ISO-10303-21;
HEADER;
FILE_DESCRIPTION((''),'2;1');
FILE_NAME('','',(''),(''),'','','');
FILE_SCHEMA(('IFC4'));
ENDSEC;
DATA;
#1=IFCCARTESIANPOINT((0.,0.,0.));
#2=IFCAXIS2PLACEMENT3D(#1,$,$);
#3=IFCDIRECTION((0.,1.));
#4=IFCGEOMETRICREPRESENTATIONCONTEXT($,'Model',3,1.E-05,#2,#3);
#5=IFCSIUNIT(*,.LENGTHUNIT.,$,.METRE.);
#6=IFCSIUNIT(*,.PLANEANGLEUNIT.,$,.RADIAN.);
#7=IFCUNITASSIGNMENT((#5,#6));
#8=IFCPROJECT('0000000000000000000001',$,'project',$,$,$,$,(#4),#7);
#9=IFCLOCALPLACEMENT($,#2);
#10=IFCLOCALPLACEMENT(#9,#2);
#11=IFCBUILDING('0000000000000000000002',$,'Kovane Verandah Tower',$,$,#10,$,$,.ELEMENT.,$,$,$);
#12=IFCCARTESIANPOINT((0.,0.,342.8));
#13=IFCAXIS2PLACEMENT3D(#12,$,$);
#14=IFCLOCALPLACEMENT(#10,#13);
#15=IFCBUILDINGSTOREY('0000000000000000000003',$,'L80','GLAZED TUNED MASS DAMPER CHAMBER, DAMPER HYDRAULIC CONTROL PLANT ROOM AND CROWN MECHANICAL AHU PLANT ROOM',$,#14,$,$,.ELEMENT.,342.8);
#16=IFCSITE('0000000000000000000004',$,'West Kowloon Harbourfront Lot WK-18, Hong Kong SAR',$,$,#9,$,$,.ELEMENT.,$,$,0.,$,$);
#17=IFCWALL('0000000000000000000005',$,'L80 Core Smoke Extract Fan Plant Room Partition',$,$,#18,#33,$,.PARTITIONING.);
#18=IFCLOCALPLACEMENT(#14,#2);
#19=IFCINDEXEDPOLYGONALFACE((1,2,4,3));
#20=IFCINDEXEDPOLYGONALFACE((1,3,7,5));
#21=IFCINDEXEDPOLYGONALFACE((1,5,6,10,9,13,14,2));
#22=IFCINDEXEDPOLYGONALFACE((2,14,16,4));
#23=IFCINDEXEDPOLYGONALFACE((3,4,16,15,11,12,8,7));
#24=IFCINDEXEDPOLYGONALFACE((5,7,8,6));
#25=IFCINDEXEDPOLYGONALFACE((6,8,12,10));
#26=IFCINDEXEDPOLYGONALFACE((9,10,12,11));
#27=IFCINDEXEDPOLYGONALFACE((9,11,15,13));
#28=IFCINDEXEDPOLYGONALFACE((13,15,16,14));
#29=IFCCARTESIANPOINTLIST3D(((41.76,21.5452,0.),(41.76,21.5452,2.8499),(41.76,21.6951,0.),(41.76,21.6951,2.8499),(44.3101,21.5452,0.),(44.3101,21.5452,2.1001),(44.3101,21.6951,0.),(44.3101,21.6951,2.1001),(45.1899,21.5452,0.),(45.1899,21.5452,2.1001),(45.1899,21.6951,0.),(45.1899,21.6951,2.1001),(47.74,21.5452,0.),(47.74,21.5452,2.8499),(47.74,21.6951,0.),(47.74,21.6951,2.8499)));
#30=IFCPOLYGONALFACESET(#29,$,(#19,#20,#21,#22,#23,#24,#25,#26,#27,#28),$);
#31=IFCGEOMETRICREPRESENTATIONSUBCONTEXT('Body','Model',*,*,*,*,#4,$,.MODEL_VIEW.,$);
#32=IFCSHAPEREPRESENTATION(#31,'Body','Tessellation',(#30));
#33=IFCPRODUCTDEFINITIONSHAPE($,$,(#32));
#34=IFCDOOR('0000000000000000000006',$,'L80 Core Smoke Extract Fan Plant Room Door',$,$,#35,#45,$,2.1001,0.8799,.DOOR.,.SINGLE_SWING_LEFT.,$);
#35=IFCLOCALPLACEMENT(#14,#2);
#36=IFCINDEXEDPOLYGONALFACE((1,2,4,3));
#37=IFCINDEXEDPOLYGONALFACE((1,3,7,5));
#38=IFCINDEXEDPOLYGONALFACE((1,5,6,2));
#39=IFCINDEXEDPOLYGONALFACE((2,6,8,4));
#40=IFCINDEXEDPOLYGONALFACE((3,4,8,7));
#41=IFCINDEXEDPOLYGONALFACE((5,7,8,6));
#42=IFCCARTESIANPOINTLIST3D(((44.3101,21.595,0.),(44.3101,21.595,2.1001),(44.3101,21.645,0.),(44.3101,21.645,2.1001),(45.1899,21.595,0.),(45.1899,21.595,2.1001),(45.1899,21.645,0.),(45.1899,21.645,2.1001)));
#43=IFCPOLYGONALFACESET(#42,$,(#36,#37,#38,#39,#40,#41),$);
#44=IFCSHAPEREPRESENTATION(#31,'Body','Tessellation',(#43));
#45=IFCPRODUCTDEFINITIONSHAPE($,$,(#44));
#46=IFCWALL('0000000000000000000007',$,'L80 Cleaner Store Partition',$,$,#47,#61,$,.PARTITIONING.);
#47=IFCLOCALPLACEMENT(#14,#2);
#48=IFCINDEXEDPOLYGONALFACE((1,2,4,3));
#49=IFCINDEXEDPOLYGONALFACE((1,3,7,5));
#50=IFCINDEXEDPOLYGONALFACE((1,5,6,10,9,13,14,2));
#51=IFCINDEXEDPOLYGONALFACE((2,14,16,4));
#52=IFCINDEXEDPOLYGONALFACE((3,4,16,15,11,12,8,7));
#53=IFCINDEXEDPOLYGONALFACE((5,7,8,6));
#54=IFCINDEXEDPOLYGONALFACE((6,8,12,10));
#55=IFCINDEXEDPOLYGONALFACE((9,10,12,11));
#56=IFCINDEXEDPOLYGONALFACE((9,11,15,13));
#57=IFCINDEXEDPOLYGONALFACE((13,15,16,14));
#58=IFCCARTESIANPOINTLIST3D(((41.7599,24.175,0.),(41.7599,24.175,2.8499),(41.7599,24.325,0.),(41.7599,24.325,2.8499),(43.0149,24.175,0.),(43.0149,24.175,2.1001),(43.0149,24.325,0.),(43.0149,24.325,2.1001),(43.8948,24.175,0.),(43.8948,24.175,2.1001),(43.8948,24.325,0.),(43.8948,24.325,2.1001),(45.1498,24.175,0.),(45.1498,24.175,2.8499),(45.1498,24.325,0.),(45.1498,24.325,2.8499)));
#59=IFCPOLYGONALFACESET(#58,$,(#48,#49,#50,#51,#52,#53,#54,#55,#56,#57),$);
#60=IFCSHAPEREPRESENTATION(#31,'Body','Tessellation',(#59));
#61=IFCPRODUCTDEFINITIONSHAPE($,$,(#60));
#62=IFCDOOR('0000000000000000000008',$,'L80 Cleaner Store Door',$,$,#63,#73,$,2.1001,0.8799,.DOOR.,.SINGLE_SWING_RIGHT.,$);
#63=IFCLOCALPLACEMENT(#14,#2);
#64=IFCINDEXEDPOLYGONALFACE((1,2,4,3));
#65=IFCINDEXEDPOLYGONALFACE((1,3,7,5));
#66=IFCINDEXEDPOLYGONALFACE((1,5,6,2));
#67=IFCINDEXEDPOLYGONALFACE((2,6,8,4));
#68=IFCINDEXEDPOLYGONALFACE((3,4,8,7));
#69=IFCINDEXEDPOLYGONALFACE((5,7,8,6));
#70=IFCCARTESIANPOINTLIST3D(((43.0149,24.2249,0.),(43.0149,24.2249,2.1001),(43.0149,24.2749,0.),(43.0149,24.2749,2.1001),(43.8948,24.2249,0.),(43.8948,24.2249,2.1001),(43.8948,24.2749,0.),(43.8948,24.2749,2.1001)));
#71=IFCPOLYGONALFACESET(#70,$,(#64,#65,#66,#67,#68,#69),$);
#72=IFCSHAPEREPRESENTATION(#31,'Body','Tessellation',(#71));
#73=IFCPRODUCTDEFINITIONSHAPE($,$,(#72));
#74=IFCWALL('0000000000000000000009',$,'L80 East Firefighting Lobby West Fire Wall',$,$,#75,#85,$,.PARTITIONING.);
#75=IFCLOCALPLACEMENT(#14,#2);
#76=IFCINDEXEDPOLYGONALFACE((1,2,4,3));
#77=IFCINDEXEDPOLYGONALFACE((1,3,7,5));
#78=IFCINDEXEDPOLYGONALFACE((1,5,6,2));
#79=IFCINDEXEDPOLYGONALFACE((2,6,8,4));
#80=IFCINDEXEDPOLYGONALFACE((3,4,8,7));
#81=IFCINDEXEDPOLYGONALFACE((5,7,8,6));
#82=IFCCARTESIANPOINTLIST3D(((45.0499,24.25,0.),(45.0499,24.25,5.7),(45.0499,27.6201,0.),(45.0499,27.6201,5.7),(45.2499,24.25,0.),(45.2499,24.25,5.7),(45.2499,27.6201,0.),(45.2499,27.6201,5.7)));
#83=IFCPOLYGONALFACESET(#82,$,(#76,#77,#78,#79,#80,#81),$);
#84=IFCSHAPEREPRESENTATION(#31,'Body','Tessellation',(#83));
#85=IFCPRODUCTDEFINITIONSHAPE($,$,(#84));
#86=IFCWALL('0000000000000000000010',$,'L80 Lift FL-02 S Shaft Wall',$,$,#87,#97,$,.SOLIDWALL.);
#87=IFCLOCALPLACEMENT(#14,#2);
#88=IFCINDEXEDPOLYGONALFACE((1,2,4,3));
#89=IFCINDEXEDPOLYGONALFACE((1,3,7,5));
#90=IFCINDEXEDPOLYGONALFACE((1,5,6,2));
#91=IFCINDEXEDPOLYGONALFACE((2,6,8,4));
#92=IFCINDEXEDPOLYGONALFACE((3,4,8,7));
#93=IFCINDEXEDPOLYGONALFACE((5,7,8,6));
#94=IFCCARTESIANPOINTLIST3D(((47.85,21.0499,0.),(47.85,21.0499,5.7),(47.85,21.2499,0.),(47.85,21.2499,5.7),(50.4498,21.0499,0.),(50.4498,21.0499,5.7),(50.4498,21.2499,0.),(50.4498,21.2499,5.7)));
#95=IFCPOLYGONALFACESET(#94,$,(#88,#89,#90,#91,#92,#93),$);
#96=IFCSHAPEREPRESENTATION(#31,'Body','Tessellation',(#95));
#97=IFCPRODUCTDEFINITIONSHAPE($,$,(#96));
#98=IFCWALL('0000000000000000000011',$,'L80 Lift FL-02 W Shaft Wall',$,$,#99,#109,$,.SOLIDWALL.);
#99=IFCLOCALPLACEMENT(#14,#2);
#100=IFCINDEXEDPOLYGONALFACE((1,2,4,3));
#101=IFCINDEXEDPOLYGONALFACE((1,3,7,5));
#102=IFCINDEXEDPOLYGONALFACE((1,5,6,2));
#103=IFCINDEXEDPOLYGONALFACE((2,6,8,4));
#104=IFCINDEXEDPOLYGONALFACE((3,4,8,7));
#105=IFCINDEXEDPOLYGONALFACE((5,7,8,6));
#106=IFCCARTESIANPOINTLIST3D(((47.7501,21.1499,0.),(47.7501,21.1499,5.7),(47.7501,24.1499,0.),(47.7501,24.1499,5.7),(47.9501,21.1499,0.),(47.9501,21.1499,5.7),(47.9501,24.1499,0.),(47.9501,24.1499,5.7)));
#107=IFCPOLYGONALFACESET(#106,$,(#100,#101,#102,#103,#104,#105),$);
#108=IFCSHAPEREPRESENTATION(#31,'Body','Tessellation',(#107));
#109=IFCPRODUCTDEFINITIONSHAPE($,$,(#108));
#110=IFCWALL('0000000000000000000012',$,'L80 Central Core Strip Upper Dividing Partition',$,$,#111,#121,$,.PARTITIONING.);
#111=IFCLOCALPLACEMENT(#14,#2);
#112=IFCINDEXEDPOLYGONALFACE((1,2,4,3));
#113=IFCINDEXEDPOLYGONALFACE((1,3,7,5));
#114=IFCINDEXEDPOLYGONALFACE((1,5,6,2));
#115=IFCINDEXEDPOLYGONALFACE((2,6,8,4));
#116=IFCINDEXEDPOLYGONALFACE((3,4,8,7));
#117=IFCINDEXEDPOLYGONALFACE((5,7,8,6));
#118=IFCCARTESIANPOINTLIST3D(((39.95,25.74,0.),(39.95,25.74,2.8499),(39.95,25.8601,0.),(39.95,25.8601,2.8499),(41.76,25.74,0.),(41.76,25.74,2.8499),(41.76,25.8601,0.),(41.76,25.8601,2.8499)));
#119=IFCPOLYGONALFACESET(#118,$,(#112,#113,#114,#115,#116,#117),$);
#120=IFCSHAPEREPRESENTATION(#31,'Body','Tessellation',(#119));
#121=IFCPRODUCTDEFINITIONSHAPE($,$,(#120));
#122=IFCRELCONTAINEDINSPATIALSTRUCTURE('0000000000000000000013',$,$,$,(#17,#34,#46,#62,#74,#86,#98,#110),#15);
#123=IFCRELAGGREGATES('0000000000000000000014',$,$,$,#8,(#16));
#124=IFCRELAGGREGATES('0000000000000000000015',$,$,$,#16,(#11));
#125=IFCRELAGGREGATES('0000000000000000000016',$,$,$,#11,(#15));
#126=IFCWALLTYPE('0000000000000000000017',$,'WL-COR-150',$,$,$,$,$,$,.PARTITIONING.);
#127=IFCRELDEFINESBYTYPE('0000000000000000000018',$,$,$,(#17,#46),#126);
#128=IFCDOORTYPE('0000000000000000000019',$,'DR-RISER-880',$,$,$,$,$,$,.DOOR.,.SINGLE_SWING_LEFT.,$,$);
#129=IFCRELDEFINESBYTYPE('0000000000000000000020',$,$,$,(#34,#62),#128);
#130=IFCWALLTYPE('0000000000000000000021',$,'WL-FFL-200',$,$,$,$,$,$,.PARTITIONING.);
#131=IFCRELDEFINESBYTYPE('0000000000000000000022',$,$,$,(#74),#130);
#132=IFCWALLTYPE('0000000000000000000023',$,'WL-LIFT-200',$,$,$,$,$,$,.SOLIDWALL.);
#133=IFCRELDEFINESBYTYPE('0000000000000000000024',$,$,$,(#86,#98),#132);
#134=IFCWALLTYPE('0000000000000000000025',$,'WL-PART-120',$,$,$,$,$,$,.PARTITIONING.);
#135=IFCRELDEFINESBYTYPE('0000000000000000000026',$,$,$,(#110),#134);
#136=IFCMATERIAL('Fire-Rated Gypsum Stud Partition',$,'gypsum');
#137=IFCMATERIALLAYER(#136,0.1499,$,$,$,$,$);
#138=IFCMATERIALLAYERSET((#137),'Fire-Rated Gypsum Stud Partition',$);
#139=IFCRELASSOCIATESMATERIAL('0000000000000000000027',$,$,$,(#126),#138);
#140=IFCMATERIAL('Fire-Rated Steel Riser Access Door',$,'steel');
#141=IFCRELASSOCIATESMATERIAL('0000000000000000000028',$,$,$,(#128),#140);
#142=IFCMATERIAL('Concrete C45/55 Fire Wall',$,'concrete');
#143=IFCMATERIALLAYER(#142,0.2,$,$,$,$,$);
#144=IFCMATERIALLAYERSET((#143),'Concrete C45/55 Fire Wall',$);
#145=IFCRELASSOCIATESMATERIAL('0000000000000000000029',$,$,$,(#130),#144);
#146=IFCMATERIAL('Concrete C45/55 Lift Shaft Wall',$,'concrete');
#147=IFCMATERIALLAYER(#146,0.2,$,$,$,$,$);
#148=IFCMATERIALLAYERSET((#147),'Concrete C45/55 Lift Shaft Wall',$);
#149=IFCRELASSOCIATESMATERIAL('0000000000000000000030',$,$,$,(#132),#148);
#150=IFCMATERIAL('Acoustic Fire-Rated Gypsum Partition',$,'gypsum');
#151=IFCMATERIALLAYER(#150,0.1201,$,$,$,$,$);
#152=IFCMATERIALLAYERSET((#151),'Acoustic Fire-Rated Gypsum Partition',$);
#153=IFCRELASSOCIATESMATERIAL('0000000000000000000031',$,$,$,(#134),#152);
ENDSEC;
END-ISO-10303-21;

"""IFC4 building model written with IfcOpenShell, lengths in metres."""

from ifc_helpers import new_model, si_unit, direction, frame, frame_2d, origin, place, context, subcontext, project, spatial, rectangle, extrude, material, layer, layer_set, type_object, element, fill, save


model = new_model("IFC4")

# Units and contexts
model_context = context("Model", 3, precision=1e-05, world=origin(), true_north=direction((0.0, 1.0)))
body_context = subcontext(model_context, "Body", "Model", "MODEL_VIEW")
ifc_project = project(units=[si_unit("LENGTHUNIT", "METRE"), si_unit("PLANEANGLEUNIT", "RADIAN")], contexts=[model_context])

# Site, building, storey
site_placement = place(None, origin())
site = spatial("IfcSite", under=ifc_project, at=site_placement, Name="West Kowloon Harbourfront Lot WK-18, Hong Kong SAR", CompositionType="ELEMENT", RefElevation=0.0)
building_placement = place(site_placement, origin())
building = spatial("IfcBuilding", under=site, at=building_placement, Name="Kovane Verandah Tower", CompositionType="ELEMENT")
storey_placement = place(building_placement, frame((0.0, 0.0, 342.8)))
storey = spatial("IfcBuildingStorey", under=building, at=storey_placement, Name="L80", Description="GLAZED TUNED MASS DAMPER CHAMBER, DAMPER HYDRAULIC CONTROL PLANT ROOM AND CROWN MECHANICAL AHU PLANT ROOM", CompositionType="ELEMENT", Elevation=342.8)

# Shared definitions
ifc_material_1 = material(Name="Fire-Rated Gypsum Stud Partition", Category="gypsum")
ifc_layer_1 = layer(ifc_material_1, 0.1499)
ifc_layer_set_1 = layer_set([ifc_layer_1], Name="Fire-Rated Gypsum Stud Partition")
wall_type_1 = type_object("IfcWallType", Name="WL-COR-150", PredefinedType="PARTITIONING", material=ifc_layer_set_1)

# Walls, openings, doors
wall_1_placement = place(storey_placement, frame((41.76, 21.6201, 0.0), z_axis=(0.0, 0.0, 1.0), x_axis=(1.0, 0.0, 0.0)))
wall_1 = element("IfcWall", 1, at=wall_1_placement, inside=storey, type_object=wall_type_1, Name="L80 Core Smoke Extract Fan Plant Room Partition", PredefinedType="PARTITIONING", context=body_context, shape_type="SweptSolid", body=[
    extrude(rectangle(XDim=5.98, YDim=0.1499, at=frame_2d((2.99, 0.0))), origin(), (0.0, 0.0, 1.0), 2.8499),
])
opening_1_placement = place(wall_1_placement, frame((2.55, 0.0, 0.0)))
opening_1 = element("IfcOpeningElement", 2, at=opening_1_placement, cuts=wall_1, PredefinedType="OPENING", context=body_context, shape_type="SweptSolid", body=[
    extrude(rectangle(XDim=0.8799, YDim=2.1001, at=frame_2d((0.4399, 1.05))), frame((0.0, 0.075, 0.0), z_axis=(0.0, -1.0, 0.0), x_axis=(1.0, 0.0, 0.0)), (0.0, 0.0, 1.0), 0.1499),
])
ifc_material_2 = material(Name="Fire-Rated Steel Riser Access Door", Category="steel")
door_type_1 = type_object("IfcDoorType", Name="DR-RISER-880", OperationType="SINGLE_SWING_LEFT", PredefinedType="DOOR", material=ifc_material_2)
door_1_placement = place(opening_1_placement, origin())
door_1 = element("IfcDoor", 3, at=door_1_placement, inside=storey, type_object=door_type_1, Name="L80 Core Smoke Extract Fan Plant Room Door", OperationType="SINGLE_SWING_LEFT", OverallHeight=2.1001, OverallWidth=0.8799, PredefinedType="DOOR", context=body_context, shape_type="SweptSolid", body=[
    extrude(rectangle(XDim=0.8799, YDim=2.1001, at=frame_2d((0.4399, 1.05))), frame((0.0, 0.0249, 0.0), z_axis=(0.0, -1.0, 0.0), x_axis=(1.0, 0.0, 0.0)), (0.0, 0.0, 1.0), 0.05),
])
fill(opening_1, door_1)
wall_2_placement = place(storey_placement, frame((41.76, 24.25, 0.0), z_axis=(0.0, 0.0, 1.0), x_axis=(1.0, 0.0, 0.0)))
wall_2 = element("IfcWall", 4, at=wall_2_placement, inside=storey, type_object=wall_type_1, Name="L80 Cleaner Store Partition", PredefinedType="PARTITIONING", context=body_context, shape_type="SweptSolid", body=[
    extrude(rectangle(XDim=3.3899, YDim=0.1499, at=frame_2d((1.6948, 0.0))), origin(), (0.0, 0.0, 1.0), 2.8499),
])
opening_2_placement = place(wall_2_placement, frame((1.2549, 0.0, 0.0)))
opening_2 = element("IfcOpeningElement", 5, at=opening_2_placement, cuts=wall_2, PredefinedType="OPENING", context=body_context, shape_type="SweptSolid", body=[
    extrude(rectangle(XDim=0.8799, YDim=2.1001, at=frame_2d((0.4399, 1.05))), frame((0.0, 0.075, 0.0), z_axis=(0.0, -1.0, 0.0), x_axis=(1.0, 0.0, 0.0)), (0.0, 0.0, 1.0), 0.1499),
])
door_2_placement = place(opening_2_placement, origin())
door_2 = element("IfcDoor", 6, at=door_2_placement, inside=storey, type_object=door_type_1, Name="L80 Cleaner Store Door", OperationType="SINGLE_SWING_RIGHT", OverallHeight=2.1001, OverallWidth=0.8799, PredefinedType="DOOR", context=body_context, shape_type="SweptSolid", body=[
    extrude(rectangle(XDim=0.8799, YDim=2.1001, at=frame_2d((0.4399, 1.05))), frame((0.0, 0.0249, 0.0), z_axis=(0.0, -1.0, 0.0), x_axis=(1.0, 0.0, 0.0)), (0.0, 0.0, 1.0), 0.05),
])
fill(opening_2, door_2)

# Wall
ifc_material_3 = material(Name="Concrete C45/55 Fire Wall", Category="concrete")
ifc_layer_2 = layer(ifc_material_3, 0.2)
ifc_layer_set_2 = layer_set([ifc_layer_2], Name="Concrete C45/55 Fire Wall")
wall_type_2 = type_object("IfcWallType", Name="WL-FFL-200", PredefinedType="PARTITIONING", material=ifc_layer_set_2)
wall_3_placement = place(storey_placement, frame((45.1499, 24.25, 0.0), z_axis=(0.0, 0.0, 1.0), x_axis=(0.0, 1.0, 0.0)))
element("IfcWall", 7, at=wall_3_placement, inside=storey, type_object=wall_type_2, Name="L80 East Firefighting Lobby West Fire Wall", PredefinedType="PARTITIONING", context=body_context, shape_type="SweptSolid", body=[
    extrude(rectangle(XDim=3.3701, YDim=0.2, at=frame_2d((1.6851, 0.0))), origin(), (0.0, 0.0, 1.0), 5.7),
])

# Wall
ifc_material_4 = material(Name="Concrete C45/55 Lift Shaft Wall", Category="concrete")
ifc_layer_3 = layer(ifc_material_4, 0.2)
ifc_layer_set_3 = layer_set([ifc_layer_3], Name="Concrete C45/55 Lift Shaft Wall")
wall_type_3 = type_object("IfcWallType", Name="WL-LIFT-200", PredefinedType="SOLIDWALL", material=ifc_layer_set_3)
wall_4_placement = place(storey_placement, frame((47.8501, 21.1499, 0.0), z_axis=(0.0, 0.0, 1.0), x_axis=(1.0, 0.0, 0.0)))
element("IfcWall", 8, at=wall_4_placement, inside=storey, type_object=wall_type_3, Name="L80 Lift FL-02 S Shaft Wall", PredefinedType="SOLIDWALL", context=body_context, shape_type="SweptSolid", body=[
    extrude(rectangle(XDim=2.5999, YDim=0.2, at=frame_2d((1.2998, 0.0))), origin(), (0.0, 0.0, 1.0), 5.7),
])

# Walls
wall_5_placement = place(storey_placement, frame((47.8501, 24.1499, 0.0), z_axis=(0.0, 0.0, 1.0), x_axis=(0.0, -1.0, 0.0)))
element("IfcWall", 9, at=wall_5_placement, inside=storey, type_object=wall_type_3, Name="L80 Lift FL-02 W Shaft Wall", PredefinedType="SOLIDWALL", context=body_context, shape_type="SweptSolid", body=[
    extrude(rectangle(XDim=3.0, YDim=0.2, at=frame_2d((1.5, 0.0))), origin(), (0.0, 0.0, 1.0), 5.7),
])
ifc_material_5 = material(Name="Acoustic Fire-Rated Gypsum Partition", Category="gypsum")
ifc_layer_4 = layer(ifc_material_5, 0.1201)
ifc_layer_set_4 = layer_set([ifc_layer_4], Name="Acoustic Fire-Rated Gypsum Partition")
wall_type_4 = type_object("IfcWallType", Name="WL-PART-120", PredefinedType="PARTITIONING", material=ifc_layer_set_4)
wall_6_placement = place(storey_placement, frame((39.95, 25.8, 0.0), z_axis=(0.0, 0.0, 1.0), x_axis=(1.0, 0.0, 0.0)))
element("IfcWall", 10, at=wall_6_placement, inside=storey, type_object=wall_type_4, Name="L80 Central Core Strip Upper Dividing Partition", PredefinedType="PARTITIONING", context=body_context, shape_type="SweptSolid", body=[
    extrude(rectangle(XDim=1.8101, YDim=0.1201, at=frame_2d((0.905, 0.0))), origin(), (0.0, 0.0, 1.0), 2.8499),
])

save(model, "model.ifc")
